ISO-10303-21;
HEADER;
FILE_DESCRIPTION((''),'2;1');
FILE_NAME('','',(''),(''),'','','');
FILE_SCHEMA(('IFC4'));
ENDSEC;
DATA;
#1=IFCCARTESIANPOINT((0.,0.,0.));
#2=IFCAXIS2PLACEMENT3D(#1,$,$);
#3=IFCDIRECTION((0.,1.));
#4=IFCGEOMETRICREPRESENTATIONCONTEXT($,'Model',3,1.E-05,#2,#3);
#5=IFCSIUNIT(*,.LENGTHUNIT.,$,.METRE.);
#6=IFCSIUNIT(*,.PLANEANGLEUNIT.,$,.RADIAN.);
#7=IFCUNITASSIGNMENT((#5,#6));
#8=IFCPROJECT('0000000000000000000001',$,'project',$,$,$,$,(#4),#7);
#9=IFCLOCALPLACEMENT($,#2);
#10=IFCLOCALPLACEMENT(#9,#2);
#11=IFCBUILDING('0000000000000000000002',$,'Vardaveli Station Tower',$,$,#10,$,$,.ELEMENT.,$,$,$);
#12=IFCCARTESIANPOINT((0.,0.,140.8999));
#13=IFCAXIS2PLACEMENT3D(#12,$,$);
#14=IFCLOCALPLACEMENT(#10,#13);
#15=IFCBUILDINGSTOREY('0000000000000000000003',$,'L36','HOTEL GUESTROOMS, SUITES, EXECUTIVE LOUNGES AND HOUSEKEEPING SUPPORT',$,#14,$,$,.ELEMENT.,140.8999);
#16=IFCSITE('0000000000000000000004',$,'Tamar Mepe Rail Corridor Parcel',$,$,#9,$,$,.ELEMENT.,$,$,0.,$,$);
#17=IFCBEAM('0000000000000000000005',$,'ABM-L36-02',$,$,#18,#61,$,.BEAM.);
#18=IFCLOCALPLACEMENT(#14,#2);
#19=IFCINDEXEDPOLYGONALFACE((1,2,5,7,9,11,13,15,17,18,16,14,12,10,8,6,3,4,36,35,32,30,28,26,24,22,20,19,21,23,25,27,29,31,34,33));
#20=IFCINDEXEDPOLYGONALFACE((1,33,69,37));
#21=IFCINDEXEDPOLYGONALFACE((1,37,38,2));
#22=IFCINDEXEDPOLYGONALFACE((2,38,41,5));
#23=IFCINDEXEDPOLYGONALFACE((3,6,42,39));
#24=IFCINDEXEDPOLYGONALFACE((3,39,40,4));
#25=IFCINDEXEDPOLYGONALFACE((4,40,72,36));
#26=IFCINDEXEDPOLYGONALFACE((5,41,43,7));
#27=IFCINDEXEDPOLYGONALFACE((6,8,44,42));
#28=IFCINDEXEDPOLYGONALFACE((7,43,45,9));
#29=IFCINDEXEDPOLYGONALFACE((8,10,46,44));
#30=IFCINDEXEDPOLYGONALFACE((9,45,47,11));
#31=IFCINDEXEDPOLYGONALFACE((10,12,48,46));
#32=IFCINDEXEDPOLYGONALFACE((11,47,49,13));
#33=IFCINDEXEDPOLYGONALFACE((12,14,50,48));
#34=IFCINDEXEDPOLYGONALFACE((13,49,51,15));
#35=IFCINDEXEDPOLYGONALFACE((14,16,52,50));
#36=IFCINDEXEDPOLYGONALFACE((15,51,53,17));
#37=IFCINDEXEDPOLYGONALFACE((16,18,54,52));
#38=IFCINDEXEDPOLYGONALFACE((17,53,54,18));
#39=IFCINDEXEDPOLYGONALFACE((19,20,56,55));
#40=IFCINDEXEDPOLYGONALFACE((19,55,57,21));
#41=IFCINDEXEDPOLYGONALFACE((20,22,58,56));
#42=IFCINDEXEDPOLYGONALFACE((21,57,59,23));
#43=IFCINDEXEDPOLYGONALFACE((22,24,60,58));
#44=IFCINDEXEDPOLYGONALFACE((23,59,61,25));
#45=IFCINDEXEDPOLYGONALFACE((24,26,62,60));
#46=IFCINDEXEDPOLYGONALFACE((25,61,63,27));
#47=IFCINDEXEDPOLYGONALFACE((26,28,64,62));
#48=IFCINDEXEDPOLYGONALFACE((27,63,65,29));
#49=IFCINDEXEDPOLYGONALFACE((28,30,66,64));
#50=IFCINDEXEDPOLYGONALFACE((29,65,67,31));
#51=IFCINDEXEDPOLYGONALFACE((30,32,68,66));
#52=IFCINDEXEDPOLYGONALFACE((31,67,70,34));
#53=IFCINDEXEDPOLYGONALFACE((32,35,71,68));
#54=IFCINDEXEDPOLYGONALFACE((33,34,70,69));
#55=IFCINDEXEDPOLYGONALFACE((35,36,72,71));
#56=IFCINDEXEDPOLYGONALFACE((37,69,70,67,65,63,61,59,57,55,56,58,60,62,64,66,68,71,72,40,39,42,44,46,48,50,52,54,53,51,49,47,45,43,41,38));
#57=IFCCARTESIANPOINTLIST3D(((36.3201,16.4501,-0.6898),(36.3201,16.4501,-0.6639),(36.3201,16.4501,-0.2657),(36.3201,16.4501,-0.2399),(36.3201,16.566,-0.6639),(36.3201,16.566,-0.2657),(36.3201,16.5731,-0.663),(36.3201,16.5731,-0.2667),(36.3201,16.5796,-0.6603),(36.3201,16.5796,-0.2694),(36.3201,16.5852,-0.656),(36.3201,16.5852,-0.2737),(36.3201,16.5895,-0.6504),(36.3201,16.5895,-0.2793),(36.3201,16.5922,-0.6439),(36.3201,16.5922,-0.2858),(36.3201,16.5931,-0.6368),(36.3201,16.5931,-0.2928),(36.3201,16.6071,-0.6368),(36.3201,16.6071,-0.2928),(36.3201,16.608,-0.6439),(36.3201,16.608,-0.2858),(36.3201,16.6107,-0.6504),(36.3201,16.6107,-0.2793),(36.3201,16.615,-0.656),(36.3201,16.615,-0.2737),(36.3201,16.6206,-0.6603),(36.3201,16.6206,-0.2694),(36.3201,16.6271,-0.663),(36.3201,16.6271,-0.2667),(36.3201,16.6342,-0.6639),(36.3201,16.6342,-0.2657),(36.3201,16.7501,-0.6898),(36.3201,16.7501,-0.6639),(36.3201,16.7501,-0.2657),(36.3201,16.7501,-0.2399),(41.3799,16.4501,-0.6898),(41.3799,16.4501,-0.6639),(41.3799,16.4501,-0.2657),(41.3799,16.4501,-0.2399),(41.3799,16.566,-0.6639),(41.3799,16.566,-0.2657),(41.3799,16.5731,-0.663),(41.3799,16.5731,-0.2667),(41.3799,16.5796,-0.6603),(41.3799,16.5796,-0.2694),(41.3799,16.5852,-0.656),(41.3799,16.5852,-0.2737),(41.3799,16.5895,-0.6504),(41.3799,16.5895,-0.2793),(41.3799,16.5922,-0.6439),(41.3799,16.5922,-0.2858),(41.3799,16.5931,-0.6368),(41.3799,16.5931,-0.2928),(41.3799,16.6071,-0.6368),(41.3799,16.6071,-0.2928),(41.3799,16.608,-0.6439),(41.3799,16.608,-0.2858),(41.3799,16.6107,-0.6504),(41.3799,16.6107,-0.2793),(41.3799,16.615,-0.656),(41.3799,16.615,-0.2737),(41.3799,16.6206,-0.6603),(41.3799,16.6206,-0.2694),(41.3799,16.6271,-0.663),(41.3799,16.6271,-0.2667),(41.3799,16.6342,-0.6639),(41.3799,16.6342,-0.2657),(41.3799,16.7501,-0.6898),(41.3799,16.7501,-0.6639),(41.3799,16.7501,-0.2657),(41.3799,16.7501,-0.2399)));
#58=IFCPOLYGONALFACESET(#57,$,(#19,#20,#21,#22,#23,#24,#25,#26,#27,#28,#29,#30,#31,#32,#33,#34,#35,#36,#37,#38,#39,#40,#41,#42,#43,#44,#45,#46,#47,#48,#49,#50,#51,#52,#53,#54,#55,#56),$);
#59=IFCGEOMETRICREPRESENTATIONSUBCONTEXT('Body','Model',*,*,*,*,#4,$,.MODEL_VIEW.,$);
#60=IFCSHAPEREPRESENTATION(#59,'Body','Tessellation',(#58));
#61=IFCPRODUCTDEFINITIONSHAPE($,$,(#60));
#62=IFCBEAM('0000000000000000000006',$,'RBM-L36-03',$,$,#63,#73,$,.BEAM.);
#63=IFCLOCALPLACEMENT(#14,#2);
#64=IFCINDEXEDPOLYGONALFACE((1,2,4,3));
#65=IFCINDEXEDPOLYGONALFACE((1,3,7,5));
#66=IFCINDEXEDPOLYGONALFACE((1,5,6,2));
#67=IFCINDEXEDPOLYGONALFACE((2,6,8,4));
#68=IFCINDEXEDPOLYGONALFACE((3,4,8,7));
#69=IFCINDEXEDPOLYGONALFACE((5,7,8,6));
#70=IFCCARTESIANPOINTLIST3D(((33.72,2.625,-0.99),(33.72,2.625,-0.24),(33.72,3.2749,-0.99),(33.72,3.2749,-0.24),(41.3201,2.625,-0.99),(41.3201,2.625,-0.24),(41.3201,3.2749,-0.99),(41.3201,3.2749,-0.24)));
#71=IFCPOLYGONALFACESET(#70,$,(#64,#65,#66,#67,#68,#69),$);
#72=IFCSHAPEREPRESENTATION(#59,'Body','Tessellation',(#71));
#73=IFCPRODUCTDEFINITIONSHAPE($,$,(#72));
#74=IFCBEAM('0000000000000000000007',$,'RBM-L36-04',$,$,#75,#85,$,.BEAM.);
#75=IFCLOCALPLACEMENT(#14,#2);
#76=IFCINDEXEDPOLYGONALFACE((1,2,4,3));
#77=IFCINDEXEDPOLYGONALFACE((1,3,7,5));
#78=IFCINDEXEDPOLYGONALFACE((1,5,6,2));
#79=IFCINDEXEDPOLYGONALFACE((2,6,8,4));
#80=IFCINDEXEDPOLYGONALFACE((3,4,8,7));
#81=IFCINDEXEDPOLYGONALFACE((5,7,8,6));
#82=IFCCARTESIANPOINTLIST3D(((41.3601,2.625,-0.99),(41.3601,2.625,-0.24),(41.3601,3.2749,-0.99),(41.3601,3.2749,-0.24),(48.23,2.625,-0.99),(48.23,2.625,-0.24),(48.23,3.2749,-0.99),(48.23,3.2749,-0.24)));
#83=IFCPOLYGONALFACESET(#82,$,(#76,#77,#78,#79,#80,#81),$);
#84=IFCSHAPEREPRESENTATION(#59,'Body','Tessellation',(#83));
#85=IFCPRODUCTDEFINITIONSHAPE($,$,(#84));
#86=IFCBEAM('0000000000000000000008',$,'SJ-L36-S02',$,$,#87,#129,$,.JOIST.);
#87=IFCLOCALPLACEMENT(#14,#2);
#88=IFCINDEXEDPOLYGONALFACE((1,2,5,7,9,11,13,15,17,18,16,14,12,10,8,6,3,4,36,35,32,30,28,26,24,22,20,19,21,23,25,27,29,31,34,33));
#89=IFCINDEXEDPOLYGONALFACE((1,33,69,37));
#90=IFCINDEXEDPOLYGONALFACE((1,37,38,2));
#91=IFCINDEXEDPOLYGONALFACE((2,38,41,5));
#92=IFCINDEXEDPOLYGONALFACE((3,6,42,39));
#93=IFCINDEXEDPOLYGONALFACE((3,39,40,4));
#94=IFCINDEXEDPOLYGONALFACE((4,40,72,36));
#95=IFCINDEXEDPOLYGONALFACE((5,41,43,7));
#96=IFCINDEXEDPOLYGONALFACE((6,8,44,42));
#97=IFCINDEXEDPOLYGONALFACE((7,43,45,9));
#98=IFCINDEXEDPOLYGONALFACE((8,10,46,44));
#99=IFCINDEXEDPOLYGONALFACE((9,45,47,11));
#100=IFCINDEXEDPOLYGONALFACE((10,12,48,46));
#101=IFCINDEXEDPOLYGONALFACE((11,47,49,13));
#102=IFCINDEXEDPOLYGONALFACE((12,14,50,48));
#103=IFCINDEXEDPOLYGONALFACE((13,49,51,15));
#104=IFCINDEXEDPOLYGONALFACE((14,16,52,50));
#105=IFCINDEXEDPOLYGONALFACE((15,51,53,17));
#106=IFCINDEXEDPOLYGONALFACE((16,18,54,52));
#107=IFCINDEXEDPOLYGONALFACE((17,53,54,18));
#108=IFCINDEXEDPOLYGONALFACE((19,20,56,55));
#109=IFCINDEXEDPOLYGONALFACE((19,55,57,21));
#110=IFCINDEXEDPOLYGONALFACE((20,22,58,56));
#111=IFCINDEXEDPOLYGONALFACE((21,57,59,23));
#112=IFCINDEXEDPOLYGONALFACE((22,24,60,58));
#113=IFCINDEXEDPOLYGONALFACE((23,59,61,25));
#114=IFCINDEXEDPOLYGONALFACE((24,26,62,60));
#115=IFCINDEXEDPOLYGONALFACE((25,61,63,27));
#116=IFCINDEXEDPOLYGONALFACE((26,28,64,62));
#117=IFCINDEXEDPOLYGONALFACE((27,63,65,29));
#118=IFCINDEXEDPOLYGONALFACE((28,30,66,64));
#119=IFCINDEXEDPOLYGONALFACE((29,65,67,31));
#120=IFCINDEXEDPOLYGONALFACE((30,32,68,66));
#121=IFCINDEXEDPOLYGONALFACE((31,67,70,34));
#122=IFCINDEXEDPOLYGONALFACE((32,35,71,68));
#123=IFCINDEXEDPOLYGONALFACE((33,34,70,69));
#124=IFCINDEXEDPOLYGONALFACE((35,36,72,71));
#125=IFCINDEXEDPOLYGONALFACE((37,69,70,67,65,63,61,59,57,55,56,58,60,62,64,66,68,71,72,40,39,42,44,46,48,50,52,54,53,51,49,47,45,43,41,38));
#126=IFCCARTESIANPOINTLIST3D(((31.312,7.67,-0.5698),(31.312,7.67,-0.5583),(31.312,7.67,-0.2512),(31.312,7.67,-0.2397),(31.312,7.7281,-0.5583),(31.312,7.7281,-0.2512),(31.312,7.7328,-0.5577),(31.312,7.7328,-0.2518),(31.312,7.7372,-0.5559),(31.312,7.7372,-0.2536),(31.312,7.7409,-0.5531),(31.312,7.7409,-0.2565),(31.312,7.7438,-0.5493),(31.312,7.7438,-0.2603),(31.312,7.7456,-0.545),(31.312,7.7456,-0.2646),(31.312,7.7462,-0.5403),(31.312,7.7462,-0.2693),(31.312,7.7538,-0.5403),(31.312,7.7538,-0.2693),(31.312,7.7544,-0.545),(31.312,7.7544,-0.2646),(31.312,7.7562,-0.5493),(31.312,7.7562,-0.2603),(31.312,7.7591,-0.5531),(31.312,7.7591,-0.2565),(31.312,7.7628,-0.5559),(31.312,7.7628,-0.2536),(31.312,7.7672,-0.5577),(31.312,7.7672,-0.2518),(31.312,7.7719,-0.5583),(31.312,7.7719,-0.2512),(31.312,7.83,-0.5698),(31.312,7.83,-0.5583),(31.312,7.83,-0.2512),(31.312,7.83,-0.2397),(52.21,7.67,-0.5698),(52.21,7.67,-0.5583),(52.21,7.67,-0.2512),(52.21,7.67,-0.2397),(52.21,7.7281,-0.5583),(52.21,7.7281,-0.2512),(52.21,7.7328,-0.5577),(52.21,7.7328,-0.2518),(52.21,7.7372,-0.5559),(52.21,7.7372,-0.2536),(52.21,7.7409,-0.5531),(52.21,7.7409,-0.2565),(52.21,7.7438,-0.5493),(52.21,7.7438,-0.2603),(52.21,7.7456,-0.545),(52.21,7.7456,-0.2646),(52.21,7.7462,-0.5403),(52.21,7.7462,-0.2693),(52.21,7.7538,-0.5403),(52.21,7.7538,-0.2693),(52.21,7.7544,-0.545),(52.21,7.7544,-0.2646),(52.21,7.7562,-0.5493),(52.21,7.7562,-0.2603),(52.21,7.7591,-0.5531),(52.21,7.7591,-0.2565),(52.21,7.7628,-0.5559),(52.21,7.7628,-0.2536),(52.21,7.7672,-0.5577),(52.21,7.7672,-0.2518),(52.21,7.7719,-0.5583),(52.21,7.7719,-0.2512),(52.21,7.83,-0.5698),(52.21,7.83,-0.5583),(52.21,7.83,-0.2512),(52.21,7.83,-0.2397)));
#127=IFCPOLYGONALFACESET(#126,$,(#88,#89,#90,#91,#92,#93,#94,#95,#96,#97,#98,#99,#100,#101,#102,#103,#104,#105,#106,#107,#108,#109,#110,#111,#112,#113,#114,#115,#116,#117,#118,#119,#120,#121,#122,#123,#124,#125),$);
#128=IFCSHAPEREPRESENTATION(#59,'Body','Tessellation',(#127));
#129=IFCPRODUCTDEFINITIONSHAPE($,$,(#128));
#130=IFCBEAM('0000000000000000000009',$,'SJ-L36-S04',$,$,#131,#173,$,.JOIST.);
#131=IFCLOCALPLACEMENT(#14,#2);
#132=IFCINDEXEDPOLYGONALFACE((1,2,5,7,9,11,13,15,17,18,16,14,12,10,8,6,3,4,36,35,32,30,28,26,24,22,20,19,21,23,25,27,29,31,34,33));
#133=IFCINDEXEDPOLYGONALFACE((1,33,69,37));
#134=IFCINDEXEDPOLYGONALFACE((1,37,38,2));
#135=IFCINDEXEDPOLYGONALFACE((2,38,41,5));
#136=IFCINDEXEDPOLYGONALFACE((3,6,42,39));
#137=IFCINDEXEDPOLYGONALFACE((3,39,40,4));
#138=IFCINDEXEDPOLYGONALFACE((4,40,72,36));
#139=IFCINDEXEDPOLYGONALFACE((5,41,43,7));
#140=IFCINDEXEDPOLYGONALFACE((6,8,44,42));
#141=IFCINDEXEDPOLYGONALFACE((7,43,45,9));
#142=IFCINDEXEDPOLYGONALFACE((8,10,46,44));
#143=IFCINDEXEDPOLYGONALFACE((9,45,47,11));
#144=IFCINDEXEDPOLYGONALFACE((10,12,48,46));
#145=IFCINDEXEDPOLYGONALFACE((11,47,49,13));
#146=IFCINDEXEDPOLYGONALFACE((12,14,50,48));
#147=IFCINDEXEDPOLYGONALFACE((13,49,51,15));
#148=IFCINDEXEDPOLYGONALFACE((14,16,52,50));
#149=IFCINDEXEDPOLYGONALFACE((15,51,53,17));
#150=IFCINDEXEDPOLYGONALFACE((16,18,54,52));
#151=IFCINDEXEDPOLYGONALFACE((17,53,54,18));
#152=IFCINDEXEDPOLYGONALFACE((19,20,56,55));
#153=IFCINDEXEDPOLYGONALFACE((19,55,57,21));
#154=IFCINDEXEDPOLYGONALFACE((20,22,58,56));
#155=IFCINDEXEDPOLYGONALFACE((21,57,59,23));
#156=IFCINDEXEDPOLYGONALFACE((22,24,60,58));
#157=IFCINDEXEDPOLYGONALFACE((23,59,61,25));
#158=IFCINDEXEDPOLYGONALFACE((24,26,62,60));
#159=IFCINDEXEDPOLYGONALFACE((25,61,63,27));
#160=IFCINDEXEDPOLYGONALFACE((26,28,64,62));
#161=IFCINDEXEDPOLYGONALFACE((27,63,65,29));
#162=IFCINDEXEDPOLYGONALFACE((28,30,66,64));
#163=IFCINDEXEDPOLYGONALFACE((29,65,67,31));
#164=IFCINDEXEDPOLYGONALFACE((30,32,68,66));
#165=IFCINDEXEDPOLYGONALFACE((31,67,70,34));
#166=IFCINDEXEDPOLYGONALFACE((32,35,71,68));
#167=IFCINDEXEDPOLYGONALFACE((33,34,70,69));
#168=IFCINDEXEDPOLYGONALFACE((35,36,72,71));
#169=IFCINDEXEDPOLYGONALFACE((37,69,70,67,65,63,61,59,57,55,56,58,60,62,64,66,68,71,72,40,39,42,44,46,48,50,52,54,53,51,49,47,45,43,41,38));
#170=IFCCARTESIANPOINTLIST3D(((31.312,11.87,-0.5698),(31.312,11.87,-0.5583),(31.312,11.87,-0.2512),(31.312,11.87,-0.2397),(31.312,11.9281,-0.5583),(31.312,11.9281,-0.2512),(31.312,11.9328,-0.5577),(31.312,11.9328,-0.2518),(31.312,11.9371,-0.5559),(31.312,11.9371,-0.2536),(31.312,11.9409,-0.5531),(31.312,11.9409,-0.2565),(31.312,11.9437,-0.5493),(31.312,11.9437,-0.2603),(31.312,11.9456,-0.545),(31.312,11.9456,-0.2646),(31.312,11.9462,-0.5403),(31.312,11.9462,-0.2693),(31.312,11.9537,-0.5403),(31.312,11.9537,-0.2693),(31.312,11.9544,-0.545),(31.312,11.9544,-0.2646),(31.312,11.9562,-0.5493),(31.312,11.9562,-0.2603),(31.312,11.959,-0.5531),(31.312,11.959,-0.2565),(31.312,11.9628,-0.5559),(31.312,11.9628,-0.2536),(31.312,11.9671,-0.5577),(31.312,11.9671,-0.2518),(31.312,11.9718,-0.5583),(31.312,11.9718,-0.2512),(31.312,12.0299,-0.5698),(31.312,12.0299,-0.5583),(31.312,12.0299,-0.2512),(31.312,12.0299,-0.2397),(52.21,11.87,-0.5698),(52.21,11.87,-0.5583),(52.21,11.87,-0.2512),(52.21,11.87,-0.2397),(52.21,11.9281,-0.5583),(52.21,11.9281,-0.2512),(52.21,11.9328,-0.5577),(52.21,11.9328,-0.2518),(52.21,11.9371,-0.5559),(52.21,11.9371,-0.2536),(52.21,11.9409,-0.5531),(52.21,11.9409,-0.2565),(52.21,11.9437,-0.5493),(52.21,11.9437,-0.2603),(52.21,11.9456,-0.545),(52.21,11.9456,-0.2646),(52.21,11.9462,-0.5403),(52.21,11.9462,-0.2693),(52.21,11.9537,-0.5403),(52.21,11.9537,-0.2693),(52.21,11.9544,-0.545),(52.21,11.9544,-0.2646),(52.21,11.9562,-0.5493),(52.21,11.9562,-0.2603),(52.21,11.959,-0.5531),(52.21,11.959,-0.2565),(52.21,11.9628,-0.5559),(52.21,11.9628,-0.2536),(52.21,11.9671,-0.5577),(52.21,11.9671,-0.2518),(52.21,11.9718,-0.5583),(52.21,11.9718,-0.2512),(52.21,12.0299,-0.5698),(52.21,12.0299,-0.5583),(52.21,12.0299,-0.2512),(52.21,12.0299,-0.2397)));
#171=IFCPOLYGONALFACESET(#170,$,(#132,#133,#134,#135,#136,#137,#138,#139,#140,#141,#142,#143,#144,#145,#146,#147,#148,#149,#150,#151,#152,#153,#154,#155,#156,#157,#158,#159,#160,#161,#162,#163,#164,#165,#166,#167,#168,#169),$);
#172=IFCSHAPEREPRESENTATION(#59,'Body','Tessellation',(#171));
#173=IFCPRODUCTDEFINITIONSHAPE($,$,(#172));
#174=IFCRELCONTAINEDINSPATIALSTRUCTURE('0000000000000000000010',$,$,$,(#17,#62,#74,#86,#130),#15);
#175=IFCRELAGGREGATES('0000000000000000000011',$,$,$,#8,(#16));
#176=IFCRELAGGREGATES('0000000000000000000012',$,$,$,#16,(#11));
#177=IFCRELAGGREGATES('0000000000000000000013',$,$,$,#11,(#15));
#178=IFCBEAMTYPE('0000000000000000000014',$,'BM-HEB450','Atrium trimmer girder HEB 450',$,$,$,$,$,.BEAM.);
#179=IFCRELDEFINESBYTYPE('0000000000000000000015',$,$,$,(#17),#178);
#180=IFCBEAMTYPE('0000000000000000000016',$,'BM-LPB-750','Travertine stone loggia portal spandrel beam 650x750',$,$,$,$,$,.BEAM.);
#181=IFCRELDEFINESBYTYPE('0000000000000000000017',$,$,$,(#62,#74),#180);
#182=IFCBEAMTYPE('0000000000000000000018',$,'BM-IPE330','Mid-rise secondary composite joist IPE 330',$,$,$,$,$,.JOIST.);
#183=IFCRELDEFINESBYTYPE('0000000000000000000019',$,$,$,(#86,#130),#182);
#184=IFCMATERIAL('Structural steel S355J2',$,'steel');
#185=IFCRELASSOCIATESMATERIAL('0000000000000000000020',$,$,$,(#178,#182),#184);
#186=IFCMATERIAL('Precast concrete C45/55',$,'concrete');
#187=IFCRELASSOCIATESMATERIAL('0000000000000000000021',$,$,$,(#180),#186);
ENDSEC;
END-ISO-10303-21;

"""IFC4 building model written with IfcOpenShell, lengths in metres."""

from ifc_helpers import new_model, si_unit, direction, frame, origin, origin_2d, place, context, subcontext, project, spatial, rectangle, i_section, extrude, source, transform, mapped, material, material_profile, profile_set, type_object, element, save


model = new_model("IFC4")

# Units and contexts
model_context = context("Model", 3, precision=1e-05, world=origin(), true_north=direction((0.0, 1.0)))
body_context = subcontext(model_context, "Body", "Model", "MODEL_VIEW")
ifc_project = project(units=[si_unit("LENGTHUNIT", "METRE"), si_unit("PLANEANGLEUNIT", "RADIAN")], contexts=[model_context])

# Site, building, storey
site_placement = place(None, origin())
site = spatial("IfcSite", under=ifc_project, at=site_placement, Name="Tamar Mepe Rail Corridor Parcel", CompositionType="ELEMENT", RefElevation=0.0)
building_placement = place(site_placement, origin())
building = spatial("IfcBuilding", under=site, at=building_placement, Name="Vardaveli Station Tower", CompositionType="ELEMENT")
storey_placement = place(building_placement, frame((0.0, 0.0, 140.8999)))
storey = spatial("IfcBuildingStorey", under=building, at=storey_placement, Name="L36", Description="HOTEL GUESTROOMS, SUITES, EXECUTIVE LOUNGES AND HOUSEKEEPING SUPPORT", CompositionType="ELEMENT", Elevation=140.8999)

# Beams
ifc_material_1 = material(Name="Structural steel S355J2", Category="steel")
ifc_material_profile_1 = material_profile(ifc_material_1, i_section(OverallWidth=0.3, OverallDepth=0.45, WebThickness=0.0139, FlangeThickness=0.0259, FilletRadius=0.0271, at=origin_2d()), Name="HEB 450")
ifc_profile_set_1 = profile_set([ifc_material_profile_1], Name="Structural steel S355J2")
beam_type_1 = type_object("IfcBeamType", Name="BM-HEB450", Description="Atrium trimmer girder HEB 450", PredefinedType="BEAM", material=ifc_profile_set_1)
shared_shape_1 = source(origin(), body_context, "Body", "SweptSolid", [
    extrude(i_section(OverallWidth=0.3, OverallDepth=0.45, WebThickness=0.0139, FlangeThickness=0.0259, FilletRadius=0.0271, at=origin_2d()), origin(), (0.0, 0.0, 1.0), 5.0598),
])
beam_1_placement = place(storey_placement, frame((36.3201, 16.6001, -0.4648), z_axis=(1.0, 0.0, 0.0), x_axis=(0.0, 1.0, 0.0)))
element("IfcBeam", 1, at=beam_1_placement, inside=storey, type_object=beam_type_1, Name="ABM-L36-02", PredefinedType="BEAM", context=body_context, shape_type="MappedRepresentation", body=[
    mapped(shared_shape_1, transform((0.0, 0.0, 0.0), scale=1.0)),
])
ifc_material_2 = material(Name="Precast concrete C45/55", Category="concrete")
ifc_material_profile_2 = material_profile(ifc_material_2, rectangle(XDim=0.6499, YDim=0.75, at=origin_2d()), Name="LPB 650x750")
ifc_profile_set_2 = profile_set([ifc_material_profile_2], Name="Precast concrete C45/55")
beam_type_2 = type_object("IfcBeamType", Name="BM-LPB-750", Description="Travertine stone loggia portal spandrel beam 650x750", PredefinedType="BEAM", material=ifc_profile_set_2)
shared_shape_2 = source(origin(), body_context, "Body", "SweptSolid", [
    extrude(rectangle(XDim=0.6499, YDim=0.75, at=origin_2d()), origin(), (0.0, 0.0, 1.0), 7.6001),
])
beam_2_placement = place(storey_placement, frame((33.72, 2.95, -0.615), z_axis=(1.0, 0.0, 0.0), x_axis=(0.0, 1.0, 0.0)))
element("IfcBeam", 2, at=beam_2_placement, inside=storey, type_object=beam_type_2, Name="RBM-L36-03", PredefinedType="BEAM", context=body_context, shape_type="MappedRepresentation", body=[
    mapped(shared_shape_2, transform((0.0, 0.0, 0.0), scale=1.0)),
])
shared_shape_3 = source(origin(), body_context, "Body", "SweptSolid", [
    extrude(rectangle(XDim=0.6499, YDim=0.75, at=origin_2d()), origin(), (0.0, 0.0, 1.0), 6.8699),
])
beam_3_placement = place(storey_placement, frame((41.3601, 2.95, -0.615), z_axis=(1.0, 0.0, 0.0), x_axis=(0.0, 1.0, 0.0)))
element("IfcBeam", 3, at=beam_3_placement, inside=storey, type_object=beam_type_2, Name="RBM-L36-04", PredefinedType="BEAM", context=body_context, shape_type="MappedRepresentation", body=[
    mapped(shared_shape_3, transform((0.0, 0.0, 0.0), scale=1.0)),
])
ifc_material_profile_3 = material_profile(ifc_material_1, i_section(OverallWidth=0.1599, OverallDepth=0.3301, WebThickness=0.0076, FlangeThickness=0.0115, FilletRadius=0.0181, at=origin_2d()), Name="IPE 330")
ifc_profile_set_3 = profile_set([ifc_material_profile_3], Name="Structural steel S355J2")
beam_type_3 = type_object("IfcBeamType", Name="BM-IPE330", Description="Mid-rise secondary composite joist IPE 330", PredefinedType="JOIST", material=ifc_profile_set_3)
shared_shape_4 = source(origin(), body_context, "Body", "SweptSolid", [
    extrude(i_section(OverallWidth=0.1599, OverallDepth=0.3301, WebThickness=0.0076, FlangeThickness=0.0115, FilletRadius=0.0181, at=origin_2d()), origin(), (0.0, 0.0, 1.0), 20.8979),
])
for number, where, z_axis, x_axis, name in (
    (4, (31.312, 7.75, -0.4048), (1.0, 0.0, 0.0), (0.0, 1.0, 0.0), "SJ-L36-S02"),
    (5, (31.312, 11.95, -0.4048), (1.0, 0.0, 0.0), (0.0, 1.0, 0.0), "SJ-L36-S04"),
):
    element("IfcBeam", number, at=place(storey_placement, frame(where, z_axis=z_axis, x_axis=x_axis)), inside=storey, type_object=beam_type_3, Name=name, PredefinedType="JOIST", context=body_context, shape_type="MappedRepresentation", body=[
        mapped(shared_shape_4, transform((0.0, 0.0, 0.0), scale=1.0)),
    ])

save(model, "model.ifc")
